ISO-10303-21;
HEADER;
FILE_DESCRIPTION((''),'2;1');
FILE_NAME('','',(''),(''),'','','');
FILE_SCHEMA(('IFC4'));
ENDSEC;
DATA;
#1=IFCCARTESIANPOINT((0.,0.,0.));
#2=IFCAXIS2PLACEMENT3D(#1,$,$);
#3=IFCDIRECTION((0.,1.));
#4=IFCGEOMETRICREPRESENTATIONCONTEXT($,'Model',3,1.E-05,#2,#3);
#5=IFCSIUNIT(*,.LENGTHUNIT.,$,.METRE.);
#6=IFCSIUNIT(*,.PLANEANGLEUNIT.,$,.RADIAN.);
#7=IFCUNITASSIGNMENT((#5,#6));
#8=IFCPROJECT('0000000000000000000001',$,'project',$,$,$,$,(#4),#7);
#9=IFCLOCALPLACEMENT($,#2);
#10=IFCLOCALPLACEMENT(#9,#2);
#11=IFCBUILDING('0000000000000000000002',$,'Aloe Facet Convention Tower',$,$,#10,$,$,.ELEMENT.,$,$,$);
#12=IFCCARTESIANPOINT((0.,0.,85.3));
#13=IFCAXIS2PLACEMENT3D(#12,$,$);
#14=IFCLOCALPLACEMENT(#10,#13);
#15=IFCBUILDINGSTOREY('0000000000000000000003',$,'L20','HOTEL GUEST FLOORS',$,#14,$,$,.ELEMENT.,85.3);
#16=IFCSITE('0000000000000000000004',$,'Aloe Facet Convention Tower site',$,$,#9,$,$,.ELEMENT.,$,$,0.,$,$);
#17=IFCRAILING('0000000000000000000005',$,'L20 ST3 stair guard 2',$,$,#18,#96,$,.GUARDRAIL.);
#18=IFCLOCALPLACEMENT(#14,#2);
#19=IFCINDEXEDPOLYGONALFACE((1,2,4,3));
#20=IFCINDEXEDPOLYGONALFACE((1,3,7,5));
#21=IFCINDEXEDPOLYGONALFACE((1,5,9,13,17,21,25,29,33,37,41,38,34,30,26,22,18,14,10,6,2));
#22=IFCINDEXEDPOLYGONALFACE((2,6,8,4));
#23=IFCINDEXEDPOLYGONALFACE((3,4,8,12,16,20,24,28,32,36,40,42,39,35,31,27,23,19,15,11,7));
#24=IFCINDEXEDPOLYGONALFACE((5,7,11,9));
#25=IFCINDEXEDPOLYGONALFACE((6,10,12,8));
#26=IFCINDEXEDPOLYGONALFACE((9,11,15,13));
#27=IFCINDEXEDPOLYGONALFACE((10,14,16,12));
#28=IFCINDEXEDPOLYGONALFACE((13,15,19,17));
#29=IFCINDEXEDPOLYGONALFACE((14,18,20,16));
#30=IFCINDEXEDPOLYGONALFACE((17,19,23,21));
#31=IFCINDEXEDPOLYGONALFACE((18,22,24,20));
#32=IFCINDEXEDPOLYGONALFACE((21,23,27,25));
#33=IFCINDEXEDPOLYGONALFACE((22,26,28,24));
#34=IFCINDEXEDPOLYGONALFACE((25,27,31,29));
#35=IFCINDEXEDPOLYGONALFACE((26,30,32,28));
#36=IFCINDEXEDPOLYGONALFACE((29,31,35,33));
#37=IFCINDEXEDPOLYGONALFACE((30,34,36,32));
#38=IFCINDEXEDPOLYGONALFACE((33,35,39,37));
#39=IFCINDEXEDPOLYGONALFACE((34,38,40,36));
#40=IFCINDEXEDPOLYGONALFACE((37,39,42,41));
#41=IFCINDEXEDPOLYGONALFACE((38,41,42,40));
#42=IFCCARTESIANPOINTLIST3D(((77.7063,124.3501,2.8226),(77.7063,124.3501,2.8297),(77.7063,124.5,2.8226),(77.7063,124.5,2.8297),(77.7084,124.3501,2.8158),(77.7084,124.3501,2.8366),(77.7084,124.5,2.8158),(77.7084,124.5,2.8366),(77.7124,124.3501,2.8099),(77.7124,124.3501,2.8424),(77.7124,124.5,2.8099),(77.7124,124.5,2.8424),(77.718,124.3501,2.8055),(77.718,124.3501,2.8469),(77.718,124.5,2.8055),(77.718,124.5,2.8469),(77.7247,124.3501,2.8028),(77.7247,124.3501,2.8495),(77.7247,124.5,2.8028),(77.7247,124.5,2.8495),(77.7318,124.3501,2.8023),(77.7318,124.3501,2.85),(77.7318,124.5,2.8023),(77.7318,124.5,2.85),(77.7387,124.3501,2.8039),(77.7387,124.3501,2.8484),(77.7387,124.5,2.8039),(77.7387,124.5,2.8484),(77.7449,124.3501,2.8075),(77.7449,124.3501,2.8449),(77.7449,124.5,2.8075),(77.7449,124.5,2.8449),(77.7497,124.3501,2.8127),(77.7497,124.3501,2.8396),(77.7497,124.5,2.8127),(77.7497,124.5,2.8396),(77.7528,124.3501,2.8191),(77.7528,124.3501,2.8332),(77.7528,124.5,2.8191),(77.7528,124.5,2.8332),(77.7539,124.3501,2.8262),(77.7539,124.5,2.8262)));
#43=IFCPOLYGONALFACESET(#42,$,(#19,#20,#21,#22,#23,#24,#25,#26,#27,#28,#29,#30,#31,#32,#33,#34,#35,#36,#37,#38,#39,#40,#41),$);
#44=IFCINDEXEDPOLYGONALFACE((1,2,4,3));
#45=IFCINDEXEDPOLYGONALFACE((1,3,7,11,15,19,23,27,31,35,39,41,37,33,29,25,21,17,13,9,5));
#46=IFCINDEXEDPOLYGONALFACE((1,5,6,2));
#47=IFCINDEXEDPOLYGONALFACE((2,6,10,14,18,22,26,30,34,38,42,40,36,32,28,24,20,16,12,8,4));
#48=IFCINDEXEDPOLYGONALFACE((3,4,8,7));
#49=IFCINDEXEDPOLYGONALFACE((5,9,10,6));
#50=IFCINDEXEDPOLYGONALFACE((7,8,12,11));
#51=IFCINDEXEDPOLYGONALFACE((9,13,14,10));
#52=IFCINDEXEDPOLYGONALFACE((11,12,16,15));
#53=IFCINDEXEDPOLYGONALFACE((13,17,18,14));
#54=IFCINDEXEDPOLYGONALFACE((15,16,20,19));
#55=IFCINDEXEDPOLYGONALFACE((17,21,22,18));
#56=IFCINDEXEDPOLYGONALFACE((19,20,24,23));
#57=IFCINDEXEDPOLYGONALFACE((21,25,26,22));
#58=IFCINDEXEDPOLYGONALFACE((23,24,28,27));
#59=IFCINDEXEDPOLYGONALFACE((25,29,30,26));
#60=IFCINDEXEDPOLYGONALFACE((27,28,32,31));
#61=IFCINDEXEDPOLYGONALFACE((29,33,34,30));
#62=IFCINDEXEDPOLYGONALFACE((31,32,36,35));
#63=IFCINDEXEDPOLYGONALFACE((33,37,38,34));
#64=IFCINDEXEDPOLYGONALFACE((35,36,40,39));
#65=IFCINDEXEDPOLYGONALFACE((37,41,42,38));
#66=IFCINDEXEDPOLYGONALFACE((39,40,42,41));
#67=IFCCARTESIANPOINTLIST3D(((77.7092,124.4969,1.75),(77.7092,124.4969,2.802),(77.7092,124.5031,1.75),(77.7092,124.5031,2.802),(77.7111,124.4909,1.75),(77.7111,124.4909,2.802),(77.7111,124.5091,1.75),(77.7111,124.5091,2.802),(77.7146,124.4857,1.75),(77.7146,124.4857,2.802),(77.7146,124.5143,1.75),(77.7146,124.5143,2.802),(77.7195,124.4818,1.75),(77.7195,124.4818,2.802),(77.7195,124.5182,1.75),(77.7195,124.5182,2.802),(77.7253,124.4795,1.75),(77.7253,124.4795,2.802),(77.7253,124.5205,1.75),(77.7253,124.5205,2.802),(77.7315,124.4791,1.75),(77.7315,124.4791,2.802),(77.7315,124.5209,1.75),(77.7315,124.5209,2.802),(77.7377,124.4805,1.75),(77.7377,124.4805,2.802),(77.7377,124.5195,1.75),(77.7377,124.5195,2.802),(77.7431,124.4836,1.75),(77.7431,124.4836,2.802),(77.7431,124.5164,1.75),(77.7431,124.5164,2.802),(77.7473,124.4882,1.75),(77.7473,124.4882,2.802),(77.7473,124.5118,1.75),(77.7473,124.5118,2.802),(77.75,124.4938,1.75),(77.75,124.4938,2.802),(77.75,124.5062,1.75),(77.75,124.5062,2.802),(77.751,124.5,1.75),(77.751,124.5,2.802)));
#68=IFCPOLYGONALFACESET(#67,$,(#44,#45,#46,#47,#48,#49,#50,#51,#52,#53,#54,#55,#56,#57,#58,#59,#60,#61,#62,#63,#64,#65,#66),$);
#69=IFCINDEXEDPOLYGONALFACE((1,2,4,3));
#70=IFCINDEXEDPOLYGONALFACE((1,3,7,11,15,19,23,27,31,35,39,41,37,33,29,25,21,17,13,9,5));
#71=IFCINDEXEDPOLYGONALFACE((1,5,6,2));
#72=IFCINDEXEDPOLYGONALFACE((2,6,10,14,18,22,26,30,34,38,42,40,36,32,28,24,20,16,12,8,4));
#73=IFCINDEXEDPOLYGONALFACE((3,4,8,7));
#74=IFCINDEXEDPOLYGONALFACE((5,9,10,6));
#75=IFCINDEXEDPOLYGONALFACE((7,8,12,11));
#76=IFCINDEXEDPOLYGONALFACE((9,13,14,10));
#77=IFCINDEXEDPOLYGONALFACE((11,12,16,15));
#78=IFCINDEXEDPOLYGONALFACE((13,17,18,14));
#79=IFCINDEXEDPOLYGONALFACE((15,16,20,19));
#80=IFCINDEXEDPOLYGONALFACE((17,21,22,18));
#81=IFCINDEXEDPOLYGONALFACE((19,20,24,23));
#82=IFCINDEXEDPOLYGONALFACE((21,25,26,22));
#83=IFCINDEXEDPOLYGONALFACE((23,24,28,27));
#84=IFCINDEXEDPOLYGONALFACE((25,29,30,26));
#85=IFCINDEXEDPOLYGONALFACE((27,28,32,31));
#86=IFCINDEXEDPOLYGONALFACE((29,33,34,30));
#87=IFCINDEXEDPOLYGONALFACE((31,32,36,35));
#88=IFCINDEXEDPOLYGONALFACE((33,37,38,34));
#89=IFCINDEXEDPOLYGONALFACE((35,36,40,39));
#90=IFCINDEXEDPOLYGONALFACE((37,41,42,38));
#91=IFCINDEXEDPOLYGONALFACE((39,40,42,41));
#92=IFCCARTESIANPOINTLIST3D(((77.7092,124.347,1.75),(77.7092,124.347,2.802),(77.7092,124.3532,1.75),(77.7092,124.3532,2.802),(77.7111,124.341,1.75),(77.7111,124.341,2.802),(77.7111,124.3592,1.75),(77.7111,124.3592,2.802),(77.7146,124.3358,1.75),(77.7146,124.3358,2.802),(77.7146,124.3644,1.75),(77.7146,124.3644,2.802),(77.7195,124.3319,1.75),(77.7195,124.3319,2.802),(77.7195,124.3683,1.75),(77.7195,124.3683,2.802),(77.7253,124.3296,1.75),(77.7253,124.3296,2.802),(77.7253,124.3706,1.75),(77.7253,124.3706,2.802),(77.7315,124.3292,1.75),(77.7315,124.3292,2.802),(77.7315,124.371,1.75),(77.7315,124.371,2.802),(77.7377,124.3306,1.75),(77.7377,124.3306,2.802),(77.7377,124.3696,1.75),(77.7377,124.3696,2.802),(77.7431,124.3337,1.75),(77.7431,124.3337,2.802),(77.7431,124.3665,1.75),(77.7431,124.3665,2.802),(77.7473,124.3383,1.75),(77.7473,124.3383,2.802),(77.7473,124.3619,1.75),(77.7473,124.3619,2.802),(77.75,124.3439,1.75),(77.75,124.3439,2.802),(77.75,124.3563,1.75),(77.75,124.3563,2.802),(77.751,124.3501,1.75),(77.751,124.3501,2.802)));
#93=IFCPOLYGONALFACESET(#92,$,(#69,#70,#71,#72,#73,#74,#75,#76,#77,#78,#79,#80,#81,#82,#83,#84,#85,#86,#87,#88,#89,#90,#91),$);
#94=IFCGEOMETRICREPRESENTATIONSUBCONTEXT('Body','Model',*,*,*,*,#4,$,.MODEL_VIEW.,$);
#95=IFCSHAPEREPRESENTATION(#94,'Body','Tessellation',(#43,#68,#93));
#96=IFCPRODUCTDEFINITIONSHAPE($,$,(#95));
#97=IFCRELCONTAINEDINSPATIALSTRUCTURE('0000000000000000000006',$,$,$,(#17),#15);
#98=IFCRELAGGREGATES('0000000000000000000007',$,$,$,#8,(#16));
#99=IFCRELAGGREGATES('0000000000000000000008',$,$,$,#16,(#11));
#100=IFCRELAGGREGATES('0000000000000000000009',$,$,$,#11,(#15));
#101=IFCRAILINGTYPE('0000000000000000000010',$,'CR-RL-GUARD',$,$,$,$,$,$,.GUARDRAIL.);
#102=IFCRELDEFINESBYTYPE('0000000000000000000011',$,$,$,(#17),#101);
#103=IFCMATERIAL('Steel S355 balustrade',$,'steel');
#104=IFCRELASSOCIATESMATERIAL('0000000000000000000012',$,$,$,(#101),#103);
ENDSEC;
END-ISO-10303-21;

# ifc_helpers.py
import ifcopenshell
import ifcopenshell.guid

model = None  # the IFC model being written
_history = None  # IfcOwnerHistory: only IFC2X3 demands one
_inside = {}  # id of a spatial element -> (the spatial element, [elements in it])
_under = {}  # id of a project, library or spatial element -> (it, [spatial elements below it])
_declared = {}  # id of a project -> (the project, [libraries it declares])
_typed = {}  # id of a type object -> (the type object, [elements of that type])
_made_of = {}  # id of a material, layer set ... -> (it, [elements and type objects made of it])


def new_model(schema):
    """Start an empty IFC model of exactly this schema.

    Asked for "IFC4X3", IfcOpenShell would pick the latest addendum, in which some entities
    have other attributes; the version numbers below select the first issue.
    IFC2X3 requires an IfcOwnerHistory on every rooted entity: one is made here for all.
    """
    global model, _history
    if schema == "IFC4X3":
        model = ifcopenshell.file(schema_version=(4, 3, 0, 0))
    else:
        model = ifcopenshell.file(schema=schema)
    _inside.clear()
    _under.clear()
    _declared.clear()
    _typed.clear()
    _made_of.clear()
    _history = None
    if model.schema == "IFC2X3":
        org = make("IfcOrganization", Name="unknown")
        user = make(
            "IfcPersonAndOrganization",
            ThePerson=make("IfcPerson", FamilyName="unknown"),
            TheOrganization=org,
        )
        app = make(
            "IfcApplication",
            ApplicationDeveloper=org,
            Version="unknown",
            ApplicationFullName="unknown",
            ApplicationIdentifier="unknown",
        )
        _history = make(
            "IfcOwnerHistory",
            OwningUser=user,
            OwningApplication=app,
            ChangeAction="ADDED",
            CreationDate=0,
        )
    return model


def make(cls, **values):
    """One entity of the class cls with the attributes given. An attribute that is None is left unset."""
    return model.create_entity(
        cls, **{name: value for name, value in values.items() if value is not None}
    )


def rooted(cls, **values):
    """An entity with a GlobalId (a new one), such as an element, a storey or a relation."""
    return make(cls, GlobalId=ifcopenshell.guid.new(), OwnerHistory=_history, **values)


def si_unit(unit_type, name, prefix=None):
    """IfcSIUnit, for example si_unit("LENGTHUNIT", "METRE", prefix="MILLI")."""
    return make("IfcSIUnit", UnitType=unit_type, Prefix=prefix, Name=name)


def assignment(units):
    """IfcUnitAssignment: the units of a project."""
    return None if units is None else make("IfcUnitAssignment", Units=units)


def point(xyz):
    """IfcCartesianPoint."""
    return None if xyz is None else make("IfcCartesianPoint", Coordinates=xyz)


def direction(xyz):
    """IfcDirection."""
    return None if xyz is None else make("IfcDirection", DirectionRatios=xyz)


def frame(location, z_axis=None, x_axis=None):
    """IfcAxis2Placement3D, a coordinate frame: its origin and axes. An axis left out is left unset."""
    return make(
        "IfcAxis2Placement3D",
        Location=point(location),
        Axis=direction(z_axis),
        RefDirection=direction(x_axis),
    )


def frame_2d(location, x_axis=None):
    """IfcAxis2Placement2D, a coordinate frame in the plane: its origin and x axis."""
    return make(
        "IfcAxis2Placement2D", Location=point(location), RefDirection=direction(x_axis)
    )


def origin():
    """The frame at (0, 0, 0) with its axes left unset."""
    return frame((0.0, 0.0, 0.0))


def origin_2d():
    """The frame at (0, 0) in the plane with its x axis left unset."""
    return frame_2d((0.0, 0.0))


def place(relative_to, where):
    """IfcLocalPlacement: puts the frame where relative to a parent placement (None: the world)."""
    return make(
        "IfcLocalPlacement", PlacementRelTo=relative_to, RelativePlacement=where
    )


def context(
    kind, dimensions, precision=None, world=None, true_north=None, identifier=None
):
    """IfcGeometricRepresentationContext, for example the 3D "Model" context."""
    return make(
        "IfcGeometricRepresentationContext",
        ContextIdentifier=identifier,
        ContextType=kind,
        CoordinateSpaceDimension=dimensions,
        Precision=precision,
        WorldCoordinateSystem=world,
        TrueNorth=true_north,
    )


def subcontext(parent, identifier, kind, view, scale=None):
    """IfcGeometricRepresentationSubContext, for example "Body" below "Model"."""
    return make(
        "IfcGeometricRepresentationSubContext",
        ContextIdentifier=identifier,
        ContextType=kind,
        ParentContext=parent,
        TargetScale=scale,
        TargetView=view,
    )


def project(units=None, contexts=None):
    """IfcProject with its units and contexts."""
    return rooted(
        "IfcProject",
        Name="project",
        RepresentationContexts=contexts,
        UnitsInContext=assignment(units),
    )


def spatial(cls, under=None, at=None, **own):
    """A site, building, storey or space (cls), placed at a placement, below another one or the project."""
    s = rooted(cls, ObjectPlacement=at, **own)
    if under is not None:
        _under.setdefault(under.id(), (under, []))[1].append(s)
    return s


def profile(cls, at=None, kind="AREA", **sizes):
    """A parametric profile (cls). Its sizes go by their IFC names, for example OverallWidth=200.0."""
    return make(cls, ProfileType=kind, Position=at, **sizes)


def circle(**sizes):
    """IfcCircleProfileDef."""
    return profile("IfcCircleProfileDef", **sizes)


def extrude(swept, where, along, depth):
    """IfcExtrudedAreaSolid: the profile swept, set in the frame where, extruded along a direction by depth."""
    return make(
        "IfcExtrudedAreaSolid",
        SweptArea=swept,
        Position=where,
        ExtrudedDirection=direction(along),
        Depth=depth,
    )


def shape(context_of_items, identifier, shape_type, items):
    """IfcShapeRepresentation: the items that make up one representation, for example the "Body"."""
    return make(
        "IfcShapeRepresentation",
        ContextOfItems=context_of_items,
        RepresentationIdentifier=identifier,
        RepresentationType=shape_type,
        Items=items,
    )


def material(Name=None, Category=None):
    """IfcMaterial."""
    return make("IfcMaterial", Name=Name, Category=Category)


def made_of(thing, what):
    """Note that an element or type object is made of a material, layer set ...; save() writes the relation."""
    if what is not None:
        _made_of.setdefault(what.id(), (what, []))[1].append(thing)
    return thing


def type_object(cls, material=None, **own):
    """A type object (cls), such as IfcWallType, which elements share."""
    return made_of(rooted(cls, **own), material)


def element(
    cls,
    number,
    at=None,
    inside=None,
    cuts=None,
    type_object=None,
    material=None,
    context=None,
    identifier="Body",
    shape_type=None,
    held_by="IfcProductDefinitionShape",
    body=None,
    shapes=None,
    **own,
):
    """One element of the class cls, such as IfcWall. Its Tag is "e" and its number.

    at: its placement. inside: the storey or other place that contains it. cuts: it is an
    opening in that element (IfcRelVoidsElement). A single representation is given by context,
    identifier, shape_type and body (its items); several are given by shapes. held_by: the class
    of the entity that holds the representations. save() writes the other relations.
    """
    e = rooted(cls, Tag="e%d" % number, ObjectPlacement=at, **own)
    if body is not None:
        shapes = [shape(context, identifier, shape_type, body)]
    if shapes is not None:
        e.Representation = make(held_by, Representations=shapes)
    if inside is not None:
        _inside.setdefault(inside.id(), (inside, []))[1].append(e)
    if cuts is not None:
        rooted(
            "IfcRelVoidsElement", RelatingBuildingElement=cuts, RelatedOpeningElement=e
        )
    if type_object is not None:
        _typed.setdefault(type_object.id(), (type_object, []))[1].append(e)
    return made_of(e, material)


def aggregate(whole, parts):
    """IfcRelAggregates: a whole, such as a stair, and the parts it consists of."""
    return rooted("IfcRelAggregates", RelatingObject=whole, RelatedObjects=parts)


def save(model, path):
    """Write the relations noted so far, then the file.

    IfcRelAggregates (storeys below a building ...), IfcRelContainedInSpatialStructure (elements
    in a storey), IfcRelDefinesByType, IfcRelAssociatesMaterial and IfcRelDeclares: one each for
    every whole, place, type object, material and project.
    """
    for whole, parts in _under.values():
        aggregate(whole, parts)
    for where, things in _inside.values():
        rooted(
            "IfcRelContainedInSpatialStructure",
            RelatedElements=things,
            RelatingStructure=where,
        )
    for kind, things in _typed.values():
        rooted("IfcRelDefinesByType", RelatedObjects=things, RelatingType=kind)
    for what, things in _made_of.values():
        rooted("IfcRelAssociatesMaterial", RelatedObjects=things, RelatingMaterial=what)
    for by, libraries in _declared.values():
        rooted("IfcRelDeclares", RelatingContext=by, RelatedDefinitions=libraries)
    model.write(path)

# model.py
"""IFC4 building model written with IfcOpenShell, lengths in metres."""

from ifc_helpers import new_model, si_unit, direction, frame, origin, origin_2d, place, context, subcontext, project, spatial, circle, extrude, material, type_object, element, save


model = new_model("IFC4")

# Units and contexts
model_context = context("Model", 3, precision=1e-05, world=origin(), true_north=direction((0.0, 1.0)))
body_context = subcontext(model_context, "Body", "Model", "MODEL_VIEW")
ifc_project = project(units=[si_unit("LENGTHUNIT", "METRE"), si_unit("PLANEANGLEUNIT", "RADIAN")], contexts=[model_context])

# Site, building, storey
site_placement = place(None, origin())
site = spatial("IfcSite", under=ifc_project, at=site_placement, Name="Aloe Facet Convention Tower site", CompositionType="ELEMENT", RefElevation=0.0)
building_placement = place(site_placement, origin())
building = spatial("IfcBuilding", under=site, at=building_placement, Name="Aloe Facet Convention Tower", CompositionType="ELEMENT")
storey_placement = place(building_placement, frame((0.0, 0.0, 85.3)))
storey = spatial("IfcBuildingStorey", under=building, at=storey_placement, Name="L20", Description="HOTEL GUEST FLOORS", CompositionType="ELEMENT", Elevation=85.3)

# Railing
ifc_material_1 = material(Name="Steel S355 balustrade", Category="steel")
railing_type_1 = type_object("IfcRailingType", Name="CR-RL-GUARD", PredefinedType="GUARDRAIL", material=ifc_material_1)
railing_1_placement = place(storey_placement, frame((77.73, 124.5, 1.75)))
element("IfcRailing", 1, at=railing_1_placement, inside=storey, type_object=railing_type_1, Name="L20 ST3 stair guard 2", PredefinedType="GUARDRAIL", context=body_context, shape_type="SweptSolid", body=[
    extrude(circle(Radius=0.0239, at=origin_2d()), frame((0.0, 0.0, 1.0762), z_axis=(0.0, -1.0, 0.0), x_axis=(1.0, 0.0, 0.0)), (0.0, 0.0, 1.0), 0.1499),
    extrude(circle(Radius=0.021, at=origin_2d()), origin(), (0.0, 0.0, 1.0), 1.052),
    extrude(circle(Radius=0.021, at=origin_2d()), frame((0.0, -0.1499, 0.0)), (0.0, 0.0, 1.0), 1.052),
])

save(model, "model.ifc")
